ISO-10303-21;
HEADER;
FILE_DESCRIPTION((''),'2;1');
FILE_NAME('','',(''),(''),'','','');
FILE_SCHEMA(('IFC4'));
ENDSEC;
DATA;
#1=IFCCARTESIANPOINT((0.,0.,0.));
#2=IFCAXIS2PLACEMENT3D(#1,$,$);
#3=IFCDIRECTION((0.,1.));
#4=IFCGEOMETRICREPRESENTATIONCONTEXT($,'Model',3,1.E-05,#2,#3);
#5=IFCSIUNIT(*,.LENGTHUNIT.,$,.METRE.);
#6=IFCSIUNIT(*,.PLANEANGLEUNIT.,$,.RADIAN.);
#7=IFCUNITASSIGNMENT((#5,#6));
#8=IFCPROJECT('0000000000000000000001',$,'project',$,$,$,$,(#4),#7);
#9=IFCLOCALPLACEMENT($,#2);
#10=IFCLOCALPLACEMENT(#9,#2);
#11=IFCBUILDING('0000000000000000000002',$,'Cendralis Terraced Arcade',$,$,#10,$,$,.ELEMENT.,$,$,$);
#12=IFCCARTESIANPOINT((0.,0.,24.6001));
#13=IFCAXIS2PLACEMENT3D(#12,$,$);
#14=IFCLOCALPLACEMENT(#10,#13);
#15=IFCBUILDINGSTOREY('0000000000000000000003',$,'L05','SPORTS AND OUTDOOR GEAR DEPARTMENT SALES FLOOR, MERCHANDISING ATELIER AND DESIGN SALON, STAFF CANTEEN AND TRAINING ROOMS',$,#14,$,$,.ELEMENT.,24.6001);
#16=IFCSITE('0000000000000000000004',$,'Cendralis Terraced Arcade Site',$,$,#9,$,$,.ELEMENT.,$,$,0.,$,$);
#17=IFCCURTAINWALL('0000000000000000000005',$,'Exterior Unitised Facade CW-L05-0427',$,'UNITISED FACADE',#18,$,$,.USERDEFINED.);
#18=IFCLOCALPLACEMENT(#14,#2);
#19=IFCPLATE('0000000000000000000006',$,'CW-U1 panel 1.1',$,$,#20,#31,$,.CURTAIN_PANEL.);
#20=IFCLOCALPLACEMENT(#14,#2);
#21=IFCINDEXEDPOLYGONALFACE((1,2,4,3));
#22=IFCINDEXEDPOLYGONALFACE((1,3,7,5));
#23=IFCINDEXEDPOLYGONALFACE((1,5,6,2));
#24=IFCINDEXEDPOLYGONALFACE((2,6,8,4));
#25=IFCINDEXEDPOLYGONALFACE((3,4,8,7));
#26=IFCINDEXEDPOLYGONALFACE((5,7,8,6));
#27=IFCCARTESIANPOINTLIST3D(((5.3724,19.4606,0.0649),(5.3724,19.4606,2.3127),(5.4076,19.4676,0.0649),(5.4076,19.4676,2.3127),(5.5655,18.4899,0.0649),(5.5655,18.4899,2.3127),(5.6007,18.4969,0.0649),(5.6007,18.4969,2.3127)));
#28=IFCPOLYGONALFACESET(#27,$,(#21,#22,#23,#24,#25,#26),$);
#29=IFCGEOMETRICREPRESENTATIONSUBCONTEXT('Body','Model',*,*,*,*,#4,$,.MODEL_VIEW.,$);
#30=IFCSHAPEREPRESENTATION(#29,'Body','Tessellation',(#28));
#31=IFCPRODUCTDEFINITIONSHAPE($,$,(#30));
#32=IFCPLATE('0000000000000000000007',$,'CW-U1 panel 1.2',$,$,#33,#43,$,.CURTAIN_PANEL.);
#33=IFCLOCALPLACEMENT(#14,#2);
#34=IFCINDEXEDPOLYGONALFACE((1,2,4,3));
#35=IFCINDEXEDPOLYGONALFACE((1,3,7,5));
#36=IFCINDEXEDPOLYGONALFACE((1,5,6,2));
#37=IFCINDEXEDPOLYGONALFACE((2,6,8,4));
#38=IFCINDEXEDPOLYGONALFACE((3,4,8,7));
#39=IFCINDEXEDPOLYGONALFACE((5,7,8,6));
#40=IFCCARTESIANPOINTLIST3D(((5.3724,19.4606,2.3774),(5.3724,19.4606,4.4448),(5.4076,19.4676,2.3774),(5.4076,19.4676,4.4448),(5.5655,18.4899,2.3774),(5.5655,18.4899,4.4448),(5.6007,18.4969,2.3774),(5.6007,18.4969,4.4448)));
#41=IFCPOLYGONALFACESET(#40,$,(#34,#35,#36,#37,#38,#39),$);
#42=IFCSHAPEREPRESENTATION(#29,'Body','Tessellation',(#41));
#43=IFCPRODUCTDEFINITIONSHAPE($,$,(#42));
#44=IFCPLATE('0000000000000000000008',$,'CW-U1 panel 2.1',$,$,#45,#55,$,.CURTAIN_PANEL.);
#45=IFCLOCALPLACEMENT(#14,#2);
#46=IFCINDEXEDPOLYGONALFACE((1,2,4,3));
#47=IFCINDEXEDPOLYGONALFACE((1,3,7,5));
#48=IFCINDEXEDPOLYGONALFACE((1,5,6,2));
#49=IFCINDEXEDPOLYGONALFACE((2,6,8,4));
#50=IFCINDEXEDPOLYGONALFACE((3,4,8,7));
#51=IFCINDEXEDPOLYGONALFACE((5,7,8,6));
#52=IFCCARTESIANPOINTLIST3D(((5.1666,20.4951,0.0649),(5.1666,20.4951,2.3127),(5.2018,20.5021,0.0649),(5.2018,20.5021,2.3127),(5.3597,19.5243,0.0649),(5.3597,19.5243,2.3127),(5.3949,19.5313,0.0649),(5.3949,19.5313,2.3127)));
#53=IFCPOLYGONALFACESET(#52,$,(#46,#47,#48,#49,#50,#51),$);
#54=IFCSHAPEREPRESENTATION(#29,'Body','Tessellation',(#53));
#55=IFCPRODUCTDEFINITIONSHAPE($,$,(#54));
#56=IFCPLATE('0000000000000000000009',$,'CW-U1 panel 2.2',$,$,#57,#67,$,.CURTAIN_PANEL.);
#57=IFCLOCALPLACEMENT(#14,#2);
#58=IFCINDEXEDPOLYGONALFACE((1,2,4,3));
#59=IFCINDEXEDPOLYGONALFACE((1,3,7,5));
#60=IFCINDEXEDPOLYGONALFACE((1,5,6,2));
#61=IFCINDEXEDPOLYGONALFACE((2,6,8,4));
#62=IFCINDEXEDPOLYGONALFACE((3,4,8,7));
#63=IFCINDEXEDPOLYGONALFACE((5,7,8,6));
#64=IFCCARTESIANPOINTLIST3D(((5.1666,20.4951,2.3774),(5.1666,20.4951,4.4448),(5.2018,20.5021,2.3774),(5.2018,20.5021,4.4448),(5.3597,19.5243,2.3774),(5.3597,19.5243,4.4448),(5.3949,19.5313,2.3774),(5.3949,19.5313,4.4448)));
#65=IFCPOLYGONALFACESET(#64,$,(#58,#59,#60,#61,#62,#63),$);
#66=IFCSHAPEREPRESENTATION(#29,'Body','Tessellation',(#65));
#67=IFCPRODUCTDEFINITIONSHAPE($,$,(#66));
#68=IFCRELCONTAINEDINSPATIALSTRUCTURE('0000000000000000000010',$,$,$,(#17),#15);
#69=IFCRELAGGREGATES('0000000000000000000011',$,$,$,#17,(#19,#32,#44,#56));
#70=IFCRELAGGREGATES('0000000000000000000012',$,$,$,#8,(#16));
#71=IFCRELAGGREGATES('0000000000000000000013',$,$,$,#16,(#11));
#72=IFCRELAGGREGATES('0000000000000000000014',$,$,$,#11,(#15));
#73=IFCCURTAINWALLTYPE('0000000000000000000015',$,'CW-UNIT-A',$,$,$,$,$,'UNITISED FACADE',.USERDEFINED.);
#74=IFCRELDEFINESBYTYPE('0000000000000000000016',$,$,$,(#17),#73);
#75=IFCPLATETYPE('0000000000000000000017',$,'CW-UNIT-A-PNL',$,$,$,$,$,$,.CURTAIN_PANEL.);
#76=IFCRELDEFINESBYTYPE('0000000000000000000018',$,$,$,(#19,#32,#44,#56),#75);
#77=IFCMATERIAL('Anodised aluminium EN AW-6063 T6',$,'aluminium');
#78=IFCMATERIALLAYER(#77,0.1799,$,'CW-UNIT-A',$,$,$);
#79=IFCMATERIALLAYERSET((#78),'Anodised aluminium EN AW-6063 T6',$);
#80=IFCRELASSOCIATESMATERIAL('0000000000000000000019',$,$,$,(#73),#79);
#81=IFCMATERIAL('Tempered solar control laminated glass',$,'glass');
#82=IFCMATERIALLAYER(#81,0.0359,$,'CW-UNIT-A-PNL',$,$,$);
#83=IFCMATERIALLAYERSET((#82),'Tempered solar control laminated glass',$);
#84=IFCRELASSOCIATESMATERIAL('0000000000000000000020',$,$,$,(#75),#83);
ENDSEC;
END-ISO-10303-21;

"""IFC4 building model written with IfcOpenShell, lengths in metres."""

from ifc_helpers import new_model, si_unit, direction, frame, origin, origin_2d, place, context, subcontext, project, spatial, rectangle, extrude, material, layer, layer_set, type_object, element, aggregate, save


model = new_model("IFC4")

# Units and contexts
model_context = context("Model", 3, precision=1e-05, world=origin(), true_north=direction((0.0, 1.0)))
body_context = subcontext(model_context, "Body", "Model", "MODEL_VIEW")
ifc_project = project(units=[si_unit("LENGTHUNIT", "METRE"), si_unit("PLANEANGLEUNIT", "RADIAN")], contexts=[model_context])

# Site, building, storey
site_placement = place(None, origin())
site = spatial("IfcSite", under=ifc_project, at=site_placement, Name="Cendralis Terraced Arcade Site", CompositionType="ELEMENT", RefElevation=0.0)
building_placement = place(site_placement, origin())
building = spatial("IfcBuilding", under=site, at=building_placement, Name="Cendralis Terraced Arcade", CompositionType="ELEMENT")
storey_placement = place(building_placement, frame((0.0, 0.0, 24.6001)))
storey = spatial("IfcBuildingStorey", under=building, at=storey_placement, Name="L05", Description="SPORTS AND OUTDOOR GEAR DEPARTMENT SALES FLOOR, MERCHANDISING ATELIER AND DESIGN SALON, STAFF CANTEEN AND TRAINING ROOMS", CompositionType="ELEMENT", Elevation=24.6001)

# Curtain wall
ifc_material_1 = material(Name="Anodised aluminium EN AW-6063 T6", Category="aluminium")
ifc_layer_1 = layer(ifc_material_1, 0.1799, Name="CW-UNIT-A")
ifc_layer_set_1 = layer_set([ifc_layer_1], Name="Anodised aluminium EN AW-6063 T6")
curtain_wall_type = type_object("IfcCurtainWallType", Name="CW-UNIT-A", ElementType="UNITISED FACADE", PredefinedType="USERDEFINED", material=ifc_layer_set_1)
curtain_wall_1_placement = place(storey_placement, origin())
curtain_wall_1 = element("IfcCurtainWall", 1, at=curtain_wall_1_placement, inside=storey, type_object=curtain_wall_type, Name="Exterior Unitised Facade CW-L05-0427", ObjectType="UNITISED FACADE", PredefinedType="USERDEFINED")

# Plates
ifc_material_2 = material(Name="Tempered solar control laminated glass", Category="glass")
ifc_layer_2 = layer(ifc_material_2, 0.0359, Name="CW-UNIT-A-PNL")
ifc_layer_set_2 = layer_set([ifc_layer_2], Name="Tempered solar control laminated glass")
plate_type = type_object("IfcPlateType", Name="CW-UNIT-A-PNL", PredefinedType="CURTAIN_PANEL", material=ifc_layer_set_2)
plate_1_placement = place(storey_placement, frame((5.4866, 18.9788, 0.0649), z_axis=(0.0, 0.0, 1.0), x_axis=(-0.195046, 0.980794, 0.0)))
plate_1 = element("IfcPlate", 2, at=plate_1_placement, type_object=plate_type, Name="CW-U1 panel 1.1", PredefinedType="CURTAIN_PANEL", context=body_context, shape_type="SweptSolid", body=[
    extrude(rectangle(XDim=0.9897, YDim=0.0359, at=origin_2d()), origin(), (0.0, 0.0, 1.0), 2.2478),
])
plate_2_placement = place(storey_placement, frame((5.4866, 18.9788, 2.3774), z_axis=(0.0, 0.0, 1.0), x_axis=(-0.195046, 0.980794, 0.0)))
plate_2 = element("IfcPlate", 3, at=plate_2_placement, type_object=plate_type, Name="CW-U1 panel 1.2", PredefinedType="CURTAIN_PANEL", context=body_context, shape_type="SweptSolid", body=[
    extrude(rectangle(XDim=0.9897, YDim=0.0359, at=origin_2d()), origin(), (0.0, 0.0, 1.0), 2.0674),
])
plate_3_placement = place(storey_placement, frame((5.2808, 20.0132, 0.0649), z_axis=(0.0, 0.0, 1.0), x_axis=(-0.195046, 0.980794, 0.0)))
plate_3 = element("IfcPlate", 4, at=plate_3_placement, type_object=plate_type, Name="CW-U1 panel 2.1", PredefinedType="CURTAIN_PANEL", context=body_context, shape_type="SweptSolid", body=[
    extrude(rectangle(XDim=0.9897, YDim=0.0359, at=origin_2d()), origin(), (0.0, 0.0, 1.0), 2.2478),
])
plate_4_placement = place(storey_placement, frame((5.2808, 20.0132, 2.3774), z_axis=(0.0, 0.0, 1.0), x_axis=(-0.195046, 0.980794, 0.0)))
plate_4 = element("IfcPlate", 5, at=plate_4_placement, type_object=plate_type, Name="CW-U1 panel 2.2", PredefinedType="CURTAIN_PANEL", context=body_context, shape_type="SweptSolid", body=[
    extrude(rectangle(XDim=0.9897, YDim=0.0359, at=origin_2d()), origin(), (0.0, 0.0, 1.0), 2.0674),
])
aggregate(curtain_wall_1, [plate_1, plate_2, plate_3, plate_4])

save(model, "model.ifc")
